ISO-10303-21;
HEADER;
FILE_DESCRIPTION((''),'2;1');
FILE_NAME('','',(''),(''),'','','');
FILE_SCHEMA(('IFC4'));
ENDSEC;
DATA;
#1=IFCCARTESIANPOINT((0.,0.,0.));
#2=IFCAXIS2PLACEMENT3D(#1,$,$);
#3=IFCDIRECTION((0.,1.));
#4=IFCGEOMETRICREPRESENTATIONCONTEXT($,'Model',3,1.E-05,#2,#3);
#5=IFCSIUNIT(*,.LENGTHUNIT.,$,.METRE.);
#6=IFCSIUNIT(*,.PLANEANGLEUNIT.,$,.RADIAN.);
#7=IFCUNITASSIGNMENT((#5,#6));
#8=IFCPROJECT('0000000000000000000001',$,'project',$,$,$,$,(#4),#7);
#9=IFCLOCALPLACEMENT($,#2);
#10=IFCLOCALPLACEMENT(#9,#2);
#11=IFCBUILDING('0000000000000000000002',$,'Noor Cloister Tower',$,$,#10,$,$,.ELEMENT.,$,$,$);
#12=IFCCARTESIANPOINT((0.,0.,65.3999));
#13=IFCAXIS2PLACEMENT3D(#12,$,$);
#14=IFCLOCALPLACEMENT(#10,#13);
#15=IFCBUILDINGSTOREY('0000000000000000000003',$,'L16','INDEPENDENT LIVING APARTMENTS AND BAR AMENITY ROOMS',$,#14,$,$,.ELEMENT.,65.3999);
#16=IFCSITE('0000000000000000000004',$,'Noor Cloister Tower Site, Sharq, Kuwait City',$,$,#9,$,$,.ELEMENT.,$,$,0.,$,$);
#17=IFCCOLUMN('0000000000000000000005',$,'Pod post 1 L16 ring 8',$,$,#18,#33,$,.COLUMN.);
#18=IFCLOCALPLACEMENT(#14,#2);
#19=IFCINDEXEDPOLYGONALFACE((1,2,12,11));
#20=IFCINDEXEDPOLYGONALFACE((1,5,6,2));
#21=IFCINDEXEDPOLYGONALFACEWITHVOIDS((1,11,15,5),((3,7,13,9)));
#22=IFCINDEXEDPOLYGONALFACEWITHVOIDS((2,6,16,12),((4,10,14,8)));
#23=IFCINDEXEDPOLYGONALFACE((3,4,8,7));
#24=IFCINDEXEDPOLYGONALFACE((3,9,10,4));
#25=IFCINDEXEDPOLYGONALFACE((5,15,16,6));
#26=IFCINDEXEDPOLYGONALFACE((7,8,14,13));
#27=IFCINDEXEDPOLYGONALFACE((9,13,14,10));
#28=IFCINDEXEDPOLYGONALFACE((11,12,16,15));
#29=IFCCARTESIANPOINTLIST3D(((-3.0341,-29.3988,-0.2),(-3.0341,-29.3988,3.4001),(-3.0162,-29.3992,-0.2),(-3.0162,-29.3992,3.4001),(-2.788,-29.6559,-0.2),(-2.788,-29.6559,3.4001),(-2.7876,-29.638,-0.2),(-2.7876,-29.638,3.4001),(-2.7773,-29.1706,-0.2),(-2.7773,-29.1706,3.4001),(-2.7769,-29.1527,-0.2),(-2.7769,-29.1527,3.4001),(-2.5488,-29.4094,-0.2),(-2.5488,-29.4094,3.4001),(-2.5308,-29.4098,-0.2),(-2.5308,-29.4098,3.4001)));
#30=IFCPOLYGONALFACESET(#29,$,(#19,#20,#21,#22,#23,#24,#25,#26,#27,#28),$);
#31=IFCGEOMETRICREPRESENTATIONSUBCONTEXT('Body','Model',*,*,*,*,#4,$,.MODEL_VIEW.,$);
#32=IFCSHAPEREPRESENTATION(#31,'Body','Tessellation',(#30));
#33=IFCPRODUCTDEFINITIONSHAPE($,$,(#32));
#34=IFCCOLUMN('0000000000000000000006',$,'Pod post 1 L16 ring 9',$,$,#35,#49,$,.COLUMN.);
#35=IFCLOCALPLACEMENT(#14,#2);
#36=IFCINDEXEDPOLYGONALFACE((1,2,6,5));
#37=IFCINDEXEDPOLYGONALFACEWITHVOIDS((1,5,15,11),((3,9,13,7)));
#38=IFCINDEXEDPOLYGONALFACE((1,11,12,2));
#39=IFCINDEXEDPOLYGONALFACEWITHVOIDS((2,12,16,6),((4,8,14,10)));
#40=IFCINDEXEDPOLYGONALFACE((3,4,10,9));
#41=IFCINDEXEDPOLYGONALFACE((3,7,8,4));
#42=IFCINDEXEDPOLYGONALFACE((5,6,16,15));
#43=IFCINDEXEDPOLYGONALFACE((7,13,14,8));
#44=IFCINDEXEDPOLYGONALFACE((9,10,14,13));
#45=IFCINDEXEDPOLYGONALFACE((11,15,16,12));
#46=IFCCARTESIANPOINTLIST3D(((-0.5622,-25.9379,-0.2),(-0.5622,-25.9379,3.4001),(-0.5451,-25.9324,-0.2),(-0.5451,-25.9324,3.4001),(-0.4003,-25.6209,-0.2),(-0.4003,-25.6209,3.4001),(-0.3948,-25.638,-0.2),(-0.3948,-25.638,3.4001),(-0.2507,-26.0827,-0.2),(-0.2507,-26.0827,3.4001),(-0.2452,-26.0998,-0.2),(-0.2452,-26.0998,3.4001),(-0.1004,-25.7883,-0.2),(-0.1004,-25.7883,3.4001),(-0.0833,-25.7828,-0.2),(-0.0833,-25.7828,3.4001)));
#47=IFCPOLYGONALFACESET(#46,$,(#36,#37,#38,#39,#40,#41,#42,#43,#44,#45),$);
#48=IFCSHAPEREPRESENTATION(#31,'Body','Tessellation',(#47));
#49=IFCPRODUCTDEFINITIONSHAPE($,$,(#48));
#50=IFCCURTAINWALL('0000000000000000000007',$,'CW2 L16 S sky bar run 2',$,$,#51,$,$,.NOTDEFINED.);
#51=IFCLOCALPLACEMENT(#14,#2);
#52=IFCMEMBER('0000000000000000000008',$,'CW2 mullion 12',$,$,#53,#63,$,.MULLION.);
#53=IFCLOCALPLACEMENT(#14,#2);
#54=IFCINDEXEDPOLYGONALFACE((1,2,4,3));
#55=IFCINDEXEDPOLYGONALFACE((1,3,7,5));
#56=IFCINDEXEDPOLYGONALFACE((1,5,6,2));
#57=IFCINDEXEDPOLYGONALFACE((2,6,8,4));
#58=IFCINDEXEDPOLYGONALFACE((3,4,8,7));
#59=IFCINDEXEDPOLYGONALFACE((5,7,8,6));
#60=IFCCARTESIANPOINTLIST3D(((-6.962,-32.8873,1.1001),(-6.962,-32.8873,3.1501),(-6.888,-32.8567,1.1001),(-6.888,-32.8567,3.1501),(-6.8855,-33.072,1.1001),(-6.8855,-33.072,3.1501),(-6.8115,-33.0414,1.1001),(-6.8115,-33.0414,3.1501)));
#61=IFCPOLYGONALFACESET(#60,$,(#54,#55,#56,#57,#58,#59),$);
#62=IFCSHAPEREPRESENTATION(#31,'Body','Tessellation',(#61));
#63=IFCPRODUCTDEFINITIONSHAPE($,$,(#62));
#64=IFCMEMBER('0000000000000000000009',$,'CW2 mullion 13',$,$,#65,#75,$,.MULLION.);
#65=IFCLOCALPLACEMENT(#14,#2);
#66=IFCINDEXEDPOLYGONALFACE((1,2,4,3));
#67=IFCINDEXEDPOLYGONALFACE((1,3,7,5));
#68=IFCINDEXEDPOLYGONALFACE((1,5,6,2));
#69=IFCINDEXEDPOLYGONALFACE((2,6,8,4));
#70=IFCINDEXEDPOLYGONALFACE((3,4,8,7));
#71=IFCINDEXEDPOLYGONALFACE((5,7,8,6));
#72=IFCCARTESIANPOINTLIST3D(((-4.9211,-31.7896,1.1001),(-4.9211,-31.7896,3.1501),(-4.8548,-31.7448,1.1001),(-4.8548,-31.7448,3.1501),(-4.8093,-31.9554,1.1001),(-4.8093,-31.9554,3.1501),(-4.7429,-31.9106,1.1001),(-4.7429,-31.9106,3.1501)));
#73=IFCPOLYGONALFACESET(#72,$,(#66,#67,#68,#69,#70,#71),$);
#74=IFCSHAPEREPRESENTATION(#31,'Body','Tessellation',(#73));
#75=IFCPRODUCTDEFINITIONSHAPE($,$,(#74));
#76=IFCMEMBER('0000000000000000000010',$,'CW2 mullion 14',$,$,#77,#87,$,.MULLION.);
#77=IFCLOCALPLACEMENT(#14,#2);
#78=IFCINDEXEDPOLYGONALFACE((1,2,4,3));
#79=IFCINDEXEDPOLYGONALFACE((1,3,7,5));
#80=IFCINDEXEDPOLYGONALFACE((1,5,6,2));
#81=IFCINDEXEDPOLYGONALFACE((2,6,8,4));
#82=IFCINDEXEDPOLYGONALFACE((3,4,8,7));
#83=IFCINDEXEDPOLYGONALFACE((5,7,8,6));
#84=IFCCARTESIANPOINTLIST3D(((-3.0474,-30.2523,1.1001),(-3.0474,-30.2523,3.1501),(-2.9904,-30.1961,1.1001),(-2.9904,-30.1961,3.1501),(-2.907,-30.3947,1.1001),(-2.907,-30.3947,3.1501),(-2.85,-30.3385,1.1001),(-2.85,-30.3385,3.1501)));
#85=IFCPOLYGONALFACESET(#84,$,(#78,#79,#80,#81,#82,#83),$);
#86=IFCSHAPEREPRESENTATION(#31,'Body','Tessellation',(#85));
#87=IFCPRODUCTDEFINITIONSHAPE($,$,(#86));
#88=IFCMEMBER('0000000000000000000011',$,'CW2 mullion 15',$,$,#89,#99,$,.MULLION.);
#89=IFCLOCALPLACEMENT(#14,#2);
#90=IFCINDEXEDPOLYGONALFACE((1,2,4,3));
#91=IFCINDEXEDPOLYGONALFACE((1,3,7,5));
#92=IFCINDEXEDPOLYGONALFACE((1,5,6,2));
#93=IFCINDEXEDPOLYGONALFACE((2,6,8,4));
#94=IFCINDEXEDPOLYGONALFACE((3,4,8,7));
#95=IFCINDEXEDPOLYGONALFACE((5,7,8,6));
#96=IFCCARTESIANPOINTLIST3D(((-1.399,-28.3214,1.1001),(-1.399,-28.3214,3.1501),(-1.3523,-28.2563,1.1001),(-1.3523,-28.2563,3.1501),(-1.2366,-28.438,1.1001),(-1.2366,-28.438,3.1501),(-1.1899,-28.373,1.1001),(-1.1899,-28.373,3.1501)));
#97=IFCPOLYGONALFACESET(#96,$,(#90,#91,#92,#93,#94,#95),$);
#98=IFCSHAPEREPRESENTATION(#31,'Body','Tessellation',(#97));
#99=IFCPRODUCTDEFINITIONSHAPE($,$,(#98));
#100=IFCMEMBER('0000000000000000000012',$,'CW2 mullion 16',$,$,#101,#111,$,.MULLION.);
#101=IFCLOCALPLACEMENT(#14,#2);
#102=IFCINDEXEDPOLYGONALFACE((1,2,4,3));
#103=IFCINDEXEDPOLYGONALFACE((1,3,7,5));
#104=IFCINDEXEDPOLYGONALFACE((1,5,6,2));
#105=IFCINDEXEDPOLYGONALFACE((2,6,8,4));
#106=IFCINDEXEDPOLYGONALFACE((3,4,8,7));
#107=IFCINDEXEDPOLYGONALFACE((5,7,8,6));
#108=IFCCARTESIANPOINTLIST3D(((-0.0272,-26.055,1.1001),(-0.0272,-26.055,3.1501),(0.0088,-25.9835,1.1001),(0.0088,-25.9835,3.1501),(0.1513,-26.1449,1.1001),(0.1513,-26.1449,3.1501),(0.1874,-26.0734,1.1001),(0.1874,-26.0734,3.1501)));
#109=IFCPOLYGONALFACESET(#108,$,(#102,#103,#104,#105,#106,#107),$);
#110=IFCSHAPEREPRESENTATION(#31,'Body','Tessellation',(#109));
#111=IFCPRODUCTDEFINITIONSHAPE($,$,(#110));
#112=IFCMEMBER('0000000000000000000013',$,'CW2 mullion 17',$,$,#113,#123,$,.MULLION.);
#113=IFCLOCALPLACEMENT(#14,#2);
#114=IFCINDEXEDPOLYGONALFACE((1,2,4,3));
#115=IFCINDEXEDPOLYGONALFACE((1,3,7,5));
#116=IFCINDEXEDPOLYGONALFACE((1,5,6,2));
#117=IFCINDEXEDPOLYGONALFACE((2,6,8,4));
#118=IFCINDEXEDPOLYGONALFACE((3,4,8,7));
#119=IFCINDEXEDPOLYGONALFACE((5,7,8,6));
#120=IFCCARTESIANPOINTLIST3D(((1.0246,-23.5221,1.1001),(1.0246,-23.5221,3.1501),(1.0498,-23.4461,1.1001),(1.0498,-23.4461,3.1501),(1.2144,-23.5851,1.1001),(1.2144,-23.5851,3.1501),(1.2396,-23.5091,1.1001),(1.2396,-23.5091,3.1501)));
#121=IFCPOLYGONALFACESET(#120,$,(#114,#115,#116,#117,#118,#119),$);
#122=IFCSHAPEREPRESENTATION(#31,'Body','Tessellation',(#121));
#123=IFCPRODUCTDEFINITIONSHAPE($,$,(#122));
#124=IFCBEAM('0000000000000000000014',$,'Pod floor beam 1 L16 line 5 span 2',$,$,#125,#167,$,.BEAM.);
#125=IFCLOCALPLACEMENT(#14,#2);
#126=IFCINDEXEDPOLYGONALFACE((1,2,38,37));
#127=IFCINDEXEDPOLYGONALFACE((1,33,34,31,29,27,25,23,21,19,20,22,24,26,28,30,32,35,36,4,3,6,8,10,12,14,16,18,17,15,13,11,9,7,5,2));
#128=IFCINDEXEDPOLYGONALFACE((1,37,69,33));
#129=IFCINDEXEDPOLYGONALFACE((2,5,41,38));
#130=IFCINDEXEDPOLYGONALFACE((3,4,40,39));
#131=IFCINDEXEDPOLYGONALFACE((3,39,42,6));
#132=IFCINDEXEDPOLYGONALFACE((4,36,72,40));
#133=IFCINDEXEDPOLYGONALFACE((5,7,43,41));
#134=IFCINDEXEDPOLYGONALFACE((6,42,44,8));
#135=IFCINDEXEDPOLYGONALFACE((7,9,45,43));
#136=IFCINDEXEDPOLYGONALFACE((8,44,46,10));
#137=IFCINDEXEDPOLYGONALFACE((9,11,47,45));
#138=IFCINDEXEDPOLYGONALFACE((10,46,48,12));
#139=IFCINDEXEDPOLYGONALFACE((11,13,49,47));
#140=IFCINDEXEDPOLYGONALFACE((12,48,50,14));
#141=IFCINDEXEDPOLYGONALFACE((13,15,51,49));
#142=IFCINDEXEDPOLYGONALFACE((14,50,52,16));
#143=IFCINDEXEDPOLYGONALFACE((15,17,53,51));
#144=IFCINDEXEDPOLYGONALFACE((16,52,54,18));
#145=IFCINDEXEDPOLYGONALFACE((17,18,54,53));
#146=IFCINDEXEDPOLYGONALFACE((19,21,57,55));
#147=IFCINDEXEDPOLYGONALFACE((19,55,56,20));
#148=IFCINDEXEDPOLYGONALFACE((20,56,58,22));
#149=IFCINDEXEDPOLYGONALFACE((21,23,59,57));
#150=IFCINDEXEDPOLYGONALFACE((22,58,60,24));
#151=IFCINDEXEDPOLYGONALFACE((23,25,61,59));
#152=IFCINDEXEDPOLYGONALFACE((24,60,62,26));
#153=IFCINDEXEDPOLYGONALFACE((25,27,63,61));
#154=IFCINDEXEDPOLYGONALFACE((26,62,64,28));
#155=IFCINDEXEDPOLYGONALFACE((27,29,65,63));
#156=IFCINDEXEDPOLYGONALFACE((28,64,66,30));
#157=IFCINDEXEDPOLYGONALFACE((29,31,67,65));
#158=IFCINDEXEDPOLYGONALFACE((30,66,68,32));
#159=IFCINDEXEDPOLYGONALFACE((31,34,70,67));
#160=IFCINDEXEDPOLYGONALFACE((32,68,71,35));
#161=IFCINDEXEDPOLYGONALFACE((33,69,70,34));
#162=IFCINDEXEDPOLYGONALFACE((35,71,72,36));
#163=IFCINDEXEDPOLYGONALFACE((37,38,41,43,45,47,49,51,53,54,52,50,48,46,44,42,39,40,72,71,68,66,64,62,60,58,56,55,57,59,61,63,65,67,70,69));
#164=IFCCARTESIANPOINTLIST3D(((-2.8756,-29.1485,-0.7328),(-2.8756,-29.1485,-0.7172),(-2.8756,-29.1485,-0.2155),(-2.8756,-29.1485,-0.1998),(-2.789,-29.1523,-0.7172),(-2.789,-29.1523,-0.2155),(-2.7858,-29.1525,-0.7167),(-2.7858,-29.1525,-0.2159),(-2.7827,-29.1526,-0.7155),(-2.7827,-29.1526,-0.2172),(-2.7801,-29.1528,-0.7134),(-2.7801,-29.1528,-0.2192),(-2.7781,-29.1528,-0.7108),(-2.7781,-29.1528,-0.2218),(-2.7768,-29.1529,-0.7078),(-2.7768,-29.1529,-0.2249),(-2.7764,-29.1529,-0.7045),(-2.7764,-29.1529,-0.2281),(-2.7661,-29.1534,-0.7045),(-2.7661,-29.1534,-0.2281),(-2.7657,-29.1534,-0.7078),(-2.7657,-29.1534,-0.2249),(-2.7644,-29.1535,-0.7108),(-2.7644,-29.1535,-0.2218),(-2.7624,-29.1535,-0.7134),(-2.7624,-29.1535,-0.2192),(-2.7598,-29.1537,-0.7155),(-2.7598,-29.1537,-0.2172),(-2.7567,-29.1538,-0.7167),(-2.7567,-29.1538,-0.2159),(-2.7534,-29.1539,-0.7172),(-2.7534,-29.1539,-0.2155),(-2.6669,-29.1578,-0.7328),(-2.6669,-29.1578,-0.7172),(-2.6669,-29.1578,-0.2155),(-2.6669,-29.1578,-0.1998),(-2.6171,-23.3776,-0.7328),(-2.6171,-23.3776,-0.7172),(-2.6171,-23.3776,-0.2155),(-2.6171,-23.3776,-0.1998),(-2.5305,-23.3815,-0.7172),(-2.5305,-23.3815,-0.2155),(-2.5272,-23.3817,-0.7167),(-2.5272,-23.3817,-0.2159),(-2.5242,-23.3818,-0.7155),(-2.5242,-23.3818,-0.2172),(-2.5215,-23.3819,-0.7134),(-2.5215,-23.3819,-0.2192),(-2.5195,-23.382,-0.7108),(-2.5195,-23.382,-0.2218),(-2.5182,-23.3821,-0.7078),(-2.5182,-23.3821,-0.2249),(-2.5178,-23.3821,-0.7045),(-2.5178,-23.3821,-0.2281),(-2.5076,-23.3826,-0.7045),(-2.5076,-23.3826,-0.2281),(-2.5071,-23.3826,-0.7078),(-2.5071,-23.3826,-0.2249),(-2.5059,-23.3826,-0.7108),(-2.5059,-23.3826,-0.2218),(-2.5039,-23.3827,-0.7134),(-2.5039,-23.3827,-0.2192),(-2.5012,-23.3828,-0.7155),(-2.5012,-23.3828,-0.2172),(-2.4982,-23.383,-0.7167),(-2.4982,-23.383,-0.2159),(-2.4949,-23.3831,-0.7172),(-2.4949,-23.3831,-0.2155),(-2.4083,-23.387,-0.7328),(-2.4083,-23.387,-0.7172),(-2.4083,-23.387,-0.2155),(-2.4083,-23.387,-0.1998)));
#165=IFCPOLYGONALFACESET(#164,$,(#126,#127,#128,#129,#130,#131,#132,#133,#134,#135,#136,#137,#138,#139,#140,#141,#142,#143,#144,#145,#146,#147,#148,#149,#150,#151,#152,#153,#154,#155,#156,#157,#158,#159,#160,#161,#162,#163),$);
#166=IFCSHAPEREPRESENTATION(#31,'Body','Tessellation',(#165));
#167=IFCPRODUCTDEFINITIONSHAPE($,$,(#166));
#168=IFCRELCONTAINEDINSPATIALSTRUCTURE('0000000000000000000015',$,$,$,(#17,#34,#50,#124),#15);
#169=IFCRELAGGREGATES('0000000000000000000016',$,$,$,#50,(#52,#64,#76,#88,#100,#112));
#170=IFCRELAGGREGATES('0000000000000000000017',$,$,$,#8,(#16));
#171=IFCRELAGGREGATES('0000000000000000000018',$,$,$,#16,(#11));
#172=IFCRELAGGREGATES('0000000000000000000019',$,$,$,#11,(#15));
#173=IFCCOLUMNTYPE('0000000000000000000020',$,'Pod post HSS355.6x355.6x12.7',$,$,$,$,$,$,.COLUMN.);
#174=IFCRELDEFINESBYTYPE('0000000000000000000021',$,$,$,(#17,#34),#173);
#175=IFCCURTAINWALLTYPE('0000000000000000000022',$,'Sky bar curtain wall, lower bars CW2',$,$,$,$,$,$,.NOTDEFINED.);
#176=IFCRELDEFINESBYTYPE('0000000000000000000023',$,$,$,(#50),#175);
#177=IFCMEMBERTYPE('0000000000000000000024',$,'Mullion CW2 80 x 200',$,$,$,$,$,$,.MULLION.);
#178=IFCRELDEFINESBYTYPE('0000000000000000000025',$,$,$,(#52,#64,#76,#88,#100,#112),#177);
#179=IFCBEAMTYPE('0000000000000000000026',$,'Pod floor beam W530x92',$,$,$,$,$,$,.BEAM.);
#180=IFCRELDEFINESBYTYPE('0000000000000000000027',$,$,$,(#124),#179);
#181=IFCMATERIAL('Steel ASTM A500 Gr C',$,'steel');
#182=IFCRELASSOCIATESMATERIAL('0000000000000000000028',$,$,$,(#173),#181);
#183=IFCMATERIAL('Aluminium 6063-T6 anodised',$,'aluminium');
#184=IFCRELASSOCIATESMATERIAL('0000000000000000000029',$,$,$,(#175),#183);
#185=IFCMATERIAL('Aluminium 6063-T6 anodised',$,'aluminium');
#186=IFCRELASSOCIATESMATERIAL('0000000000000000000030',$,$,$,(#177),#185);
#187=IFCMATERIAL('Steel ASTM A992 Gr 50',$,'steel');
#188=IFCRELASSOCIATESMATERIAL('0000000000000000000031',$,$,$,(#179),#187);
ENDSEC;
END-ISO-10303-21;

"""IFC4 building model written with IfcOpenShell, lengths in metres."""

from ifc_helpers import new_model, si_unit, direction, frame, origin, origin_2d, place, context, subcontext, project, spatial, rectangle, hollow_rectangle, i_section, extrude, material, material_profile, profile_set, type_object, element, aggregate, save


model = new_model("IFC4")

# Units and contexts
model_context = context("Model", 3, precision=1e-05, world=origin(), true_north=direction((0.0, 1.0)))
body_context = subcontext(model_context, "Body", "Model", "MODEL_VIEW")
ifc_project = project(units=[si_unit("LENGTHUNIT", "METRE"), si_unit("PLANEANGLEUNIT", "RADIAN")], contexts=[model_context])

# Site, building, storey
site_placement = place(None, origin())
site = spatial("IfcSite", under=ifc_project, at=site_placement, Name="Noor Cloister Tower Site, Sharq, Kuwait City", CompositionType="ELEMENT", RefElevation=0.0)
building_placement = place(site_placement, origin())
building = spatial("IfcBuilding", under=site, at=building_placement, Name="Noor Cloister Tower", CompositionType="ELEMENT")
storey_placement = place(building_placement, frame((0.0, 0.0, 65.3999)))
storey = spatial("IfcBuildingStorey", under=building, at=storey_placement, Name="L16", Description="INDEPENDENT LIVING APARTMENTS AND BAR AMENITY ROOMS", CompositionType="ELEMENT", Elevation=65.3999)

# Columns
ifc_material_1 = material(Name="Steel ASTM A500 Gr C", Category="steel")
ifc_material_profile_1 = material_profile(ifc_material_1, hollow_rectangle(XDim=0.356, YDim=0.356, WallThickness=0.0127, at=origin_2d()), Name="HSS355.6x355.6x12.7")
ifc_profile_set_1 = profile_set([ifc_material_profile_1], Name="Steel ASTM A500 Gr C")
column_type = type_object("IfcColumnType", Name="Pod post HSS355.6x355.6x12.7", PredefinedType="COLUMN", material=ifc_profile_set_1)
for number, where, z_axis, x_axis, name in (
    (1, (-2.7825, -29.4043, -0.2), (0.0, 0.0, 1.0), (0.722457, 0.691416, 0.0), "Pod post 1 L16 ring 8"),
    (2, (-0.3228, -25.8604, -0.2), (0.0, 0.0, 1.0), (0.454861, 0.890563, 0.0), "Pod post 1 L16 ring 9"),
):
    element("IfcColumn", number, at=place(storey_placement, frame(where, z_axis=z_axis, x_axis=x_axis)), inside=storey, type_object=column_type, Name=name, PredefinedType="COLUMN", context=body_context, shape_type="SweptSolid", body=[
        extrude(hollow_rectangle(XDim=0.356, YDim=0.356, WallThickness=0.0127, at=origin_2d()), origin(), (0.0, 0.0, 1.0), 3.6001),
    ])

# Curtain wall, members
ifc_material_2 = material(Name="Aluminium 6063-T6 anodised", Category="aluminium")
curtain_wall_type = type_object("IfcCurtainWallType", Name="Sky bar curtain wall, lower bars CW2", PredefinedType="NOTDEFINED", material=ifc_material_2)
curtain_wall_placement = place(storey_placement, origin())
curtain_wall = element("IfcCurtainWall", 3, at=curtain_wall_placement, inside=storey, type_object=curtain_wall_type, Name="CW2 L16 S sky bar run 2", PredefinedType="NOTDEFINED")
ifc_material_3 = material(Name="Aluminium 6063-T6 anodised", Category="aluminium")
ifc_material_profile_2 = material_profile(ifc_material_3, rectangle(XDim=0.2, YDim=0.0801, at=origin_2d()), Name="200 x 80 mullion")
ifc_profile_set_2 = profile_set([ifc_material_profile_2], Name="Aluminium 6063-T6 anodised")
member_type = type_object("IfcMemberType", Name="Mullion CW2 80 x 200", PredefinedType="MULLION", material=ifc_profile_set_2)
member_1_placement = place(storey_placement, frame((-6.8867, -32.9644, 1.1001), z_axis=(0.0, 0.0, 1.0), x_axis=(-0.382555, 0.923933, 0.0)))
member_1 = element("IfcMember", 4, at=member_1_placement, type_object=member_type, Name="CW2 mullion 12", PredefinedType="MULLION", context=body_context, shape_type="SweptSolid", body=[
    extrude(rectangle(XDim=0.2, YDim=0.0801, at=origin_2d()), origin(), (0.0, 0.0, 1.0), 2.05),
])
member_2_placement = place(storey_placement, frame((-4.832, -31.8501, 1.1001), z_axis=(0.0, 0.0, 1.0), x_axis=(-0.559267, 0.828988, 0.0)))
member_2 = element("IfcMember", 5, at=member_2_placement, type_object=member_type, Name="CW2 mullion 13", PredefinedType="MULLION", context=body_context, shape_type="SweptSolid", body=[
    extrude(rectangle(XDim=0.2, YDim=0.0801, at=origin_2d()), origin(), (0.0, 0.0, 1.0), 2.05),
])
member_3_placement = place(storey_placement, frame((-2.9487, -30.2954, 1.1001), z_axis=(0.0, 0.0, 1.0), x_axis=(-0.702153, 0.712026, 0.0)))
member_3 = element("IfcMember", 6, at=member_3_placement, type_object=member_type, Name="CW2 mullion 14", PredefinedType="MULLION", context=body_context, shape_type="SweptSolid", body=[
    extrude(rectangle(XDim=0.2, YDim=0.0801, at=origin_2d()), origin(), (0.0, 0.0, 1.0), 2.05),
])
member_4_placement = place(storey_placement, frame((-1.2944, -28.3472, 1.1001), z_axis=(0.0, 0.0, 1.0), x_axis=(-0.81216, 0.583435, 0.0)))
member_4 = element("IfcMember", 7, at=member_4_placement, type_object=member_type, Name="CW2 mullion 15", PredefinedType="MULLION", context=body_context, shape_type="SweptSolid", body=[
    extrude(rectangle(XDim=0.2, YDim=0.0801, at=origin_2d()), origin(), (0.0, 0.0, 1.0), 2.05),
])
member_5_placement = place(storey_placement, frame((0.0801, -26.0642, 1.1001), z_axis=(0.0, 0.0, 1.0), x_axis=(-0.89306, 0.449937, 0.0)))
member_5 = element("IfcMember", 8, at=member_5_placement, type_object=member_type, Name="CW2 mullion 16", PredefinedType="MULLION", context=body_context, shape_type="SweptSolid", body=[
    extrude(rectangle(XDim=0.2, YDim=0.0801, at=origin_2d()), origin(), (0.0, 0.0, 1.0), 2.05),
])
member_6_placement = place(storey_placement, frame((1.1321, -23.5156, 1.1001), z_axis=(0.0, 0.0, 1.0), x_axis=(-0.949083, 0.315026, 0.0)))
member_6 = element("IfcMember", 9, at=member_6_placement, type_object=member_type, Name="CW2 mullion 17", PredefinedType="MULLION", context=body_context, shape_type="SweptSolid", body=[
    extrude(rectangle(XDim=0.2, YDim=0.0801, at=origin_2d()), origin(), (0.0, 0.0, 1.0), 2.05),
])

# Beam
ifc_material_4 = material(Name="Steel ASTM A992 Gr 50", Category="steel")
ifc_material_profile_3 = material_profile(ifc_material_4, i_section(OverallWidth=0.209, OverallDepth=0.533, WebThickness=0.0103, FlangeThickness=0.0156, FilletRadius=0.0127, at=origin_2d()), Name="W530x92")
ifc_profile_set_3 = profile_set([ifc_material_profile_3], Name="Steel ASTM A992 Gr 50")
beam_type = type_object("IfcBeamType", Name="Pod floor beam W530x92", PredefinedType="BEAM", material=ifc_profile_set_3)
beam_1_placement = place(storey_placement, frame((-2.5127, -23.3823, -0.4663), z_axis=(-0.044758, -0.998998, 0.0), x_axis=(0.998998, -0.044758, 0.0)))
element("IfcBeam", 10, at=beam_1_placement, inside=storey, type_object=beam_type, Name="Pod floor beam 1 L16 line 5 span 2", PredefinedType="BEAM", context=body_context, shape_type="SweptSolid", body=[
    extrude(i_section(OverallWidth=0.209, OverallDepth=0.533, WebThickness=0.0103, FlangeThickness=0.0156, FilletRadius=0.0127, at=origin_2d()), origin(), (0.0, 0.0, 1.0), 5.7766),
])

aggregate(curtain_wall, [member_1, member_2, member_3, member_4, member_5, member_6])

save(model, "model.ifc")
